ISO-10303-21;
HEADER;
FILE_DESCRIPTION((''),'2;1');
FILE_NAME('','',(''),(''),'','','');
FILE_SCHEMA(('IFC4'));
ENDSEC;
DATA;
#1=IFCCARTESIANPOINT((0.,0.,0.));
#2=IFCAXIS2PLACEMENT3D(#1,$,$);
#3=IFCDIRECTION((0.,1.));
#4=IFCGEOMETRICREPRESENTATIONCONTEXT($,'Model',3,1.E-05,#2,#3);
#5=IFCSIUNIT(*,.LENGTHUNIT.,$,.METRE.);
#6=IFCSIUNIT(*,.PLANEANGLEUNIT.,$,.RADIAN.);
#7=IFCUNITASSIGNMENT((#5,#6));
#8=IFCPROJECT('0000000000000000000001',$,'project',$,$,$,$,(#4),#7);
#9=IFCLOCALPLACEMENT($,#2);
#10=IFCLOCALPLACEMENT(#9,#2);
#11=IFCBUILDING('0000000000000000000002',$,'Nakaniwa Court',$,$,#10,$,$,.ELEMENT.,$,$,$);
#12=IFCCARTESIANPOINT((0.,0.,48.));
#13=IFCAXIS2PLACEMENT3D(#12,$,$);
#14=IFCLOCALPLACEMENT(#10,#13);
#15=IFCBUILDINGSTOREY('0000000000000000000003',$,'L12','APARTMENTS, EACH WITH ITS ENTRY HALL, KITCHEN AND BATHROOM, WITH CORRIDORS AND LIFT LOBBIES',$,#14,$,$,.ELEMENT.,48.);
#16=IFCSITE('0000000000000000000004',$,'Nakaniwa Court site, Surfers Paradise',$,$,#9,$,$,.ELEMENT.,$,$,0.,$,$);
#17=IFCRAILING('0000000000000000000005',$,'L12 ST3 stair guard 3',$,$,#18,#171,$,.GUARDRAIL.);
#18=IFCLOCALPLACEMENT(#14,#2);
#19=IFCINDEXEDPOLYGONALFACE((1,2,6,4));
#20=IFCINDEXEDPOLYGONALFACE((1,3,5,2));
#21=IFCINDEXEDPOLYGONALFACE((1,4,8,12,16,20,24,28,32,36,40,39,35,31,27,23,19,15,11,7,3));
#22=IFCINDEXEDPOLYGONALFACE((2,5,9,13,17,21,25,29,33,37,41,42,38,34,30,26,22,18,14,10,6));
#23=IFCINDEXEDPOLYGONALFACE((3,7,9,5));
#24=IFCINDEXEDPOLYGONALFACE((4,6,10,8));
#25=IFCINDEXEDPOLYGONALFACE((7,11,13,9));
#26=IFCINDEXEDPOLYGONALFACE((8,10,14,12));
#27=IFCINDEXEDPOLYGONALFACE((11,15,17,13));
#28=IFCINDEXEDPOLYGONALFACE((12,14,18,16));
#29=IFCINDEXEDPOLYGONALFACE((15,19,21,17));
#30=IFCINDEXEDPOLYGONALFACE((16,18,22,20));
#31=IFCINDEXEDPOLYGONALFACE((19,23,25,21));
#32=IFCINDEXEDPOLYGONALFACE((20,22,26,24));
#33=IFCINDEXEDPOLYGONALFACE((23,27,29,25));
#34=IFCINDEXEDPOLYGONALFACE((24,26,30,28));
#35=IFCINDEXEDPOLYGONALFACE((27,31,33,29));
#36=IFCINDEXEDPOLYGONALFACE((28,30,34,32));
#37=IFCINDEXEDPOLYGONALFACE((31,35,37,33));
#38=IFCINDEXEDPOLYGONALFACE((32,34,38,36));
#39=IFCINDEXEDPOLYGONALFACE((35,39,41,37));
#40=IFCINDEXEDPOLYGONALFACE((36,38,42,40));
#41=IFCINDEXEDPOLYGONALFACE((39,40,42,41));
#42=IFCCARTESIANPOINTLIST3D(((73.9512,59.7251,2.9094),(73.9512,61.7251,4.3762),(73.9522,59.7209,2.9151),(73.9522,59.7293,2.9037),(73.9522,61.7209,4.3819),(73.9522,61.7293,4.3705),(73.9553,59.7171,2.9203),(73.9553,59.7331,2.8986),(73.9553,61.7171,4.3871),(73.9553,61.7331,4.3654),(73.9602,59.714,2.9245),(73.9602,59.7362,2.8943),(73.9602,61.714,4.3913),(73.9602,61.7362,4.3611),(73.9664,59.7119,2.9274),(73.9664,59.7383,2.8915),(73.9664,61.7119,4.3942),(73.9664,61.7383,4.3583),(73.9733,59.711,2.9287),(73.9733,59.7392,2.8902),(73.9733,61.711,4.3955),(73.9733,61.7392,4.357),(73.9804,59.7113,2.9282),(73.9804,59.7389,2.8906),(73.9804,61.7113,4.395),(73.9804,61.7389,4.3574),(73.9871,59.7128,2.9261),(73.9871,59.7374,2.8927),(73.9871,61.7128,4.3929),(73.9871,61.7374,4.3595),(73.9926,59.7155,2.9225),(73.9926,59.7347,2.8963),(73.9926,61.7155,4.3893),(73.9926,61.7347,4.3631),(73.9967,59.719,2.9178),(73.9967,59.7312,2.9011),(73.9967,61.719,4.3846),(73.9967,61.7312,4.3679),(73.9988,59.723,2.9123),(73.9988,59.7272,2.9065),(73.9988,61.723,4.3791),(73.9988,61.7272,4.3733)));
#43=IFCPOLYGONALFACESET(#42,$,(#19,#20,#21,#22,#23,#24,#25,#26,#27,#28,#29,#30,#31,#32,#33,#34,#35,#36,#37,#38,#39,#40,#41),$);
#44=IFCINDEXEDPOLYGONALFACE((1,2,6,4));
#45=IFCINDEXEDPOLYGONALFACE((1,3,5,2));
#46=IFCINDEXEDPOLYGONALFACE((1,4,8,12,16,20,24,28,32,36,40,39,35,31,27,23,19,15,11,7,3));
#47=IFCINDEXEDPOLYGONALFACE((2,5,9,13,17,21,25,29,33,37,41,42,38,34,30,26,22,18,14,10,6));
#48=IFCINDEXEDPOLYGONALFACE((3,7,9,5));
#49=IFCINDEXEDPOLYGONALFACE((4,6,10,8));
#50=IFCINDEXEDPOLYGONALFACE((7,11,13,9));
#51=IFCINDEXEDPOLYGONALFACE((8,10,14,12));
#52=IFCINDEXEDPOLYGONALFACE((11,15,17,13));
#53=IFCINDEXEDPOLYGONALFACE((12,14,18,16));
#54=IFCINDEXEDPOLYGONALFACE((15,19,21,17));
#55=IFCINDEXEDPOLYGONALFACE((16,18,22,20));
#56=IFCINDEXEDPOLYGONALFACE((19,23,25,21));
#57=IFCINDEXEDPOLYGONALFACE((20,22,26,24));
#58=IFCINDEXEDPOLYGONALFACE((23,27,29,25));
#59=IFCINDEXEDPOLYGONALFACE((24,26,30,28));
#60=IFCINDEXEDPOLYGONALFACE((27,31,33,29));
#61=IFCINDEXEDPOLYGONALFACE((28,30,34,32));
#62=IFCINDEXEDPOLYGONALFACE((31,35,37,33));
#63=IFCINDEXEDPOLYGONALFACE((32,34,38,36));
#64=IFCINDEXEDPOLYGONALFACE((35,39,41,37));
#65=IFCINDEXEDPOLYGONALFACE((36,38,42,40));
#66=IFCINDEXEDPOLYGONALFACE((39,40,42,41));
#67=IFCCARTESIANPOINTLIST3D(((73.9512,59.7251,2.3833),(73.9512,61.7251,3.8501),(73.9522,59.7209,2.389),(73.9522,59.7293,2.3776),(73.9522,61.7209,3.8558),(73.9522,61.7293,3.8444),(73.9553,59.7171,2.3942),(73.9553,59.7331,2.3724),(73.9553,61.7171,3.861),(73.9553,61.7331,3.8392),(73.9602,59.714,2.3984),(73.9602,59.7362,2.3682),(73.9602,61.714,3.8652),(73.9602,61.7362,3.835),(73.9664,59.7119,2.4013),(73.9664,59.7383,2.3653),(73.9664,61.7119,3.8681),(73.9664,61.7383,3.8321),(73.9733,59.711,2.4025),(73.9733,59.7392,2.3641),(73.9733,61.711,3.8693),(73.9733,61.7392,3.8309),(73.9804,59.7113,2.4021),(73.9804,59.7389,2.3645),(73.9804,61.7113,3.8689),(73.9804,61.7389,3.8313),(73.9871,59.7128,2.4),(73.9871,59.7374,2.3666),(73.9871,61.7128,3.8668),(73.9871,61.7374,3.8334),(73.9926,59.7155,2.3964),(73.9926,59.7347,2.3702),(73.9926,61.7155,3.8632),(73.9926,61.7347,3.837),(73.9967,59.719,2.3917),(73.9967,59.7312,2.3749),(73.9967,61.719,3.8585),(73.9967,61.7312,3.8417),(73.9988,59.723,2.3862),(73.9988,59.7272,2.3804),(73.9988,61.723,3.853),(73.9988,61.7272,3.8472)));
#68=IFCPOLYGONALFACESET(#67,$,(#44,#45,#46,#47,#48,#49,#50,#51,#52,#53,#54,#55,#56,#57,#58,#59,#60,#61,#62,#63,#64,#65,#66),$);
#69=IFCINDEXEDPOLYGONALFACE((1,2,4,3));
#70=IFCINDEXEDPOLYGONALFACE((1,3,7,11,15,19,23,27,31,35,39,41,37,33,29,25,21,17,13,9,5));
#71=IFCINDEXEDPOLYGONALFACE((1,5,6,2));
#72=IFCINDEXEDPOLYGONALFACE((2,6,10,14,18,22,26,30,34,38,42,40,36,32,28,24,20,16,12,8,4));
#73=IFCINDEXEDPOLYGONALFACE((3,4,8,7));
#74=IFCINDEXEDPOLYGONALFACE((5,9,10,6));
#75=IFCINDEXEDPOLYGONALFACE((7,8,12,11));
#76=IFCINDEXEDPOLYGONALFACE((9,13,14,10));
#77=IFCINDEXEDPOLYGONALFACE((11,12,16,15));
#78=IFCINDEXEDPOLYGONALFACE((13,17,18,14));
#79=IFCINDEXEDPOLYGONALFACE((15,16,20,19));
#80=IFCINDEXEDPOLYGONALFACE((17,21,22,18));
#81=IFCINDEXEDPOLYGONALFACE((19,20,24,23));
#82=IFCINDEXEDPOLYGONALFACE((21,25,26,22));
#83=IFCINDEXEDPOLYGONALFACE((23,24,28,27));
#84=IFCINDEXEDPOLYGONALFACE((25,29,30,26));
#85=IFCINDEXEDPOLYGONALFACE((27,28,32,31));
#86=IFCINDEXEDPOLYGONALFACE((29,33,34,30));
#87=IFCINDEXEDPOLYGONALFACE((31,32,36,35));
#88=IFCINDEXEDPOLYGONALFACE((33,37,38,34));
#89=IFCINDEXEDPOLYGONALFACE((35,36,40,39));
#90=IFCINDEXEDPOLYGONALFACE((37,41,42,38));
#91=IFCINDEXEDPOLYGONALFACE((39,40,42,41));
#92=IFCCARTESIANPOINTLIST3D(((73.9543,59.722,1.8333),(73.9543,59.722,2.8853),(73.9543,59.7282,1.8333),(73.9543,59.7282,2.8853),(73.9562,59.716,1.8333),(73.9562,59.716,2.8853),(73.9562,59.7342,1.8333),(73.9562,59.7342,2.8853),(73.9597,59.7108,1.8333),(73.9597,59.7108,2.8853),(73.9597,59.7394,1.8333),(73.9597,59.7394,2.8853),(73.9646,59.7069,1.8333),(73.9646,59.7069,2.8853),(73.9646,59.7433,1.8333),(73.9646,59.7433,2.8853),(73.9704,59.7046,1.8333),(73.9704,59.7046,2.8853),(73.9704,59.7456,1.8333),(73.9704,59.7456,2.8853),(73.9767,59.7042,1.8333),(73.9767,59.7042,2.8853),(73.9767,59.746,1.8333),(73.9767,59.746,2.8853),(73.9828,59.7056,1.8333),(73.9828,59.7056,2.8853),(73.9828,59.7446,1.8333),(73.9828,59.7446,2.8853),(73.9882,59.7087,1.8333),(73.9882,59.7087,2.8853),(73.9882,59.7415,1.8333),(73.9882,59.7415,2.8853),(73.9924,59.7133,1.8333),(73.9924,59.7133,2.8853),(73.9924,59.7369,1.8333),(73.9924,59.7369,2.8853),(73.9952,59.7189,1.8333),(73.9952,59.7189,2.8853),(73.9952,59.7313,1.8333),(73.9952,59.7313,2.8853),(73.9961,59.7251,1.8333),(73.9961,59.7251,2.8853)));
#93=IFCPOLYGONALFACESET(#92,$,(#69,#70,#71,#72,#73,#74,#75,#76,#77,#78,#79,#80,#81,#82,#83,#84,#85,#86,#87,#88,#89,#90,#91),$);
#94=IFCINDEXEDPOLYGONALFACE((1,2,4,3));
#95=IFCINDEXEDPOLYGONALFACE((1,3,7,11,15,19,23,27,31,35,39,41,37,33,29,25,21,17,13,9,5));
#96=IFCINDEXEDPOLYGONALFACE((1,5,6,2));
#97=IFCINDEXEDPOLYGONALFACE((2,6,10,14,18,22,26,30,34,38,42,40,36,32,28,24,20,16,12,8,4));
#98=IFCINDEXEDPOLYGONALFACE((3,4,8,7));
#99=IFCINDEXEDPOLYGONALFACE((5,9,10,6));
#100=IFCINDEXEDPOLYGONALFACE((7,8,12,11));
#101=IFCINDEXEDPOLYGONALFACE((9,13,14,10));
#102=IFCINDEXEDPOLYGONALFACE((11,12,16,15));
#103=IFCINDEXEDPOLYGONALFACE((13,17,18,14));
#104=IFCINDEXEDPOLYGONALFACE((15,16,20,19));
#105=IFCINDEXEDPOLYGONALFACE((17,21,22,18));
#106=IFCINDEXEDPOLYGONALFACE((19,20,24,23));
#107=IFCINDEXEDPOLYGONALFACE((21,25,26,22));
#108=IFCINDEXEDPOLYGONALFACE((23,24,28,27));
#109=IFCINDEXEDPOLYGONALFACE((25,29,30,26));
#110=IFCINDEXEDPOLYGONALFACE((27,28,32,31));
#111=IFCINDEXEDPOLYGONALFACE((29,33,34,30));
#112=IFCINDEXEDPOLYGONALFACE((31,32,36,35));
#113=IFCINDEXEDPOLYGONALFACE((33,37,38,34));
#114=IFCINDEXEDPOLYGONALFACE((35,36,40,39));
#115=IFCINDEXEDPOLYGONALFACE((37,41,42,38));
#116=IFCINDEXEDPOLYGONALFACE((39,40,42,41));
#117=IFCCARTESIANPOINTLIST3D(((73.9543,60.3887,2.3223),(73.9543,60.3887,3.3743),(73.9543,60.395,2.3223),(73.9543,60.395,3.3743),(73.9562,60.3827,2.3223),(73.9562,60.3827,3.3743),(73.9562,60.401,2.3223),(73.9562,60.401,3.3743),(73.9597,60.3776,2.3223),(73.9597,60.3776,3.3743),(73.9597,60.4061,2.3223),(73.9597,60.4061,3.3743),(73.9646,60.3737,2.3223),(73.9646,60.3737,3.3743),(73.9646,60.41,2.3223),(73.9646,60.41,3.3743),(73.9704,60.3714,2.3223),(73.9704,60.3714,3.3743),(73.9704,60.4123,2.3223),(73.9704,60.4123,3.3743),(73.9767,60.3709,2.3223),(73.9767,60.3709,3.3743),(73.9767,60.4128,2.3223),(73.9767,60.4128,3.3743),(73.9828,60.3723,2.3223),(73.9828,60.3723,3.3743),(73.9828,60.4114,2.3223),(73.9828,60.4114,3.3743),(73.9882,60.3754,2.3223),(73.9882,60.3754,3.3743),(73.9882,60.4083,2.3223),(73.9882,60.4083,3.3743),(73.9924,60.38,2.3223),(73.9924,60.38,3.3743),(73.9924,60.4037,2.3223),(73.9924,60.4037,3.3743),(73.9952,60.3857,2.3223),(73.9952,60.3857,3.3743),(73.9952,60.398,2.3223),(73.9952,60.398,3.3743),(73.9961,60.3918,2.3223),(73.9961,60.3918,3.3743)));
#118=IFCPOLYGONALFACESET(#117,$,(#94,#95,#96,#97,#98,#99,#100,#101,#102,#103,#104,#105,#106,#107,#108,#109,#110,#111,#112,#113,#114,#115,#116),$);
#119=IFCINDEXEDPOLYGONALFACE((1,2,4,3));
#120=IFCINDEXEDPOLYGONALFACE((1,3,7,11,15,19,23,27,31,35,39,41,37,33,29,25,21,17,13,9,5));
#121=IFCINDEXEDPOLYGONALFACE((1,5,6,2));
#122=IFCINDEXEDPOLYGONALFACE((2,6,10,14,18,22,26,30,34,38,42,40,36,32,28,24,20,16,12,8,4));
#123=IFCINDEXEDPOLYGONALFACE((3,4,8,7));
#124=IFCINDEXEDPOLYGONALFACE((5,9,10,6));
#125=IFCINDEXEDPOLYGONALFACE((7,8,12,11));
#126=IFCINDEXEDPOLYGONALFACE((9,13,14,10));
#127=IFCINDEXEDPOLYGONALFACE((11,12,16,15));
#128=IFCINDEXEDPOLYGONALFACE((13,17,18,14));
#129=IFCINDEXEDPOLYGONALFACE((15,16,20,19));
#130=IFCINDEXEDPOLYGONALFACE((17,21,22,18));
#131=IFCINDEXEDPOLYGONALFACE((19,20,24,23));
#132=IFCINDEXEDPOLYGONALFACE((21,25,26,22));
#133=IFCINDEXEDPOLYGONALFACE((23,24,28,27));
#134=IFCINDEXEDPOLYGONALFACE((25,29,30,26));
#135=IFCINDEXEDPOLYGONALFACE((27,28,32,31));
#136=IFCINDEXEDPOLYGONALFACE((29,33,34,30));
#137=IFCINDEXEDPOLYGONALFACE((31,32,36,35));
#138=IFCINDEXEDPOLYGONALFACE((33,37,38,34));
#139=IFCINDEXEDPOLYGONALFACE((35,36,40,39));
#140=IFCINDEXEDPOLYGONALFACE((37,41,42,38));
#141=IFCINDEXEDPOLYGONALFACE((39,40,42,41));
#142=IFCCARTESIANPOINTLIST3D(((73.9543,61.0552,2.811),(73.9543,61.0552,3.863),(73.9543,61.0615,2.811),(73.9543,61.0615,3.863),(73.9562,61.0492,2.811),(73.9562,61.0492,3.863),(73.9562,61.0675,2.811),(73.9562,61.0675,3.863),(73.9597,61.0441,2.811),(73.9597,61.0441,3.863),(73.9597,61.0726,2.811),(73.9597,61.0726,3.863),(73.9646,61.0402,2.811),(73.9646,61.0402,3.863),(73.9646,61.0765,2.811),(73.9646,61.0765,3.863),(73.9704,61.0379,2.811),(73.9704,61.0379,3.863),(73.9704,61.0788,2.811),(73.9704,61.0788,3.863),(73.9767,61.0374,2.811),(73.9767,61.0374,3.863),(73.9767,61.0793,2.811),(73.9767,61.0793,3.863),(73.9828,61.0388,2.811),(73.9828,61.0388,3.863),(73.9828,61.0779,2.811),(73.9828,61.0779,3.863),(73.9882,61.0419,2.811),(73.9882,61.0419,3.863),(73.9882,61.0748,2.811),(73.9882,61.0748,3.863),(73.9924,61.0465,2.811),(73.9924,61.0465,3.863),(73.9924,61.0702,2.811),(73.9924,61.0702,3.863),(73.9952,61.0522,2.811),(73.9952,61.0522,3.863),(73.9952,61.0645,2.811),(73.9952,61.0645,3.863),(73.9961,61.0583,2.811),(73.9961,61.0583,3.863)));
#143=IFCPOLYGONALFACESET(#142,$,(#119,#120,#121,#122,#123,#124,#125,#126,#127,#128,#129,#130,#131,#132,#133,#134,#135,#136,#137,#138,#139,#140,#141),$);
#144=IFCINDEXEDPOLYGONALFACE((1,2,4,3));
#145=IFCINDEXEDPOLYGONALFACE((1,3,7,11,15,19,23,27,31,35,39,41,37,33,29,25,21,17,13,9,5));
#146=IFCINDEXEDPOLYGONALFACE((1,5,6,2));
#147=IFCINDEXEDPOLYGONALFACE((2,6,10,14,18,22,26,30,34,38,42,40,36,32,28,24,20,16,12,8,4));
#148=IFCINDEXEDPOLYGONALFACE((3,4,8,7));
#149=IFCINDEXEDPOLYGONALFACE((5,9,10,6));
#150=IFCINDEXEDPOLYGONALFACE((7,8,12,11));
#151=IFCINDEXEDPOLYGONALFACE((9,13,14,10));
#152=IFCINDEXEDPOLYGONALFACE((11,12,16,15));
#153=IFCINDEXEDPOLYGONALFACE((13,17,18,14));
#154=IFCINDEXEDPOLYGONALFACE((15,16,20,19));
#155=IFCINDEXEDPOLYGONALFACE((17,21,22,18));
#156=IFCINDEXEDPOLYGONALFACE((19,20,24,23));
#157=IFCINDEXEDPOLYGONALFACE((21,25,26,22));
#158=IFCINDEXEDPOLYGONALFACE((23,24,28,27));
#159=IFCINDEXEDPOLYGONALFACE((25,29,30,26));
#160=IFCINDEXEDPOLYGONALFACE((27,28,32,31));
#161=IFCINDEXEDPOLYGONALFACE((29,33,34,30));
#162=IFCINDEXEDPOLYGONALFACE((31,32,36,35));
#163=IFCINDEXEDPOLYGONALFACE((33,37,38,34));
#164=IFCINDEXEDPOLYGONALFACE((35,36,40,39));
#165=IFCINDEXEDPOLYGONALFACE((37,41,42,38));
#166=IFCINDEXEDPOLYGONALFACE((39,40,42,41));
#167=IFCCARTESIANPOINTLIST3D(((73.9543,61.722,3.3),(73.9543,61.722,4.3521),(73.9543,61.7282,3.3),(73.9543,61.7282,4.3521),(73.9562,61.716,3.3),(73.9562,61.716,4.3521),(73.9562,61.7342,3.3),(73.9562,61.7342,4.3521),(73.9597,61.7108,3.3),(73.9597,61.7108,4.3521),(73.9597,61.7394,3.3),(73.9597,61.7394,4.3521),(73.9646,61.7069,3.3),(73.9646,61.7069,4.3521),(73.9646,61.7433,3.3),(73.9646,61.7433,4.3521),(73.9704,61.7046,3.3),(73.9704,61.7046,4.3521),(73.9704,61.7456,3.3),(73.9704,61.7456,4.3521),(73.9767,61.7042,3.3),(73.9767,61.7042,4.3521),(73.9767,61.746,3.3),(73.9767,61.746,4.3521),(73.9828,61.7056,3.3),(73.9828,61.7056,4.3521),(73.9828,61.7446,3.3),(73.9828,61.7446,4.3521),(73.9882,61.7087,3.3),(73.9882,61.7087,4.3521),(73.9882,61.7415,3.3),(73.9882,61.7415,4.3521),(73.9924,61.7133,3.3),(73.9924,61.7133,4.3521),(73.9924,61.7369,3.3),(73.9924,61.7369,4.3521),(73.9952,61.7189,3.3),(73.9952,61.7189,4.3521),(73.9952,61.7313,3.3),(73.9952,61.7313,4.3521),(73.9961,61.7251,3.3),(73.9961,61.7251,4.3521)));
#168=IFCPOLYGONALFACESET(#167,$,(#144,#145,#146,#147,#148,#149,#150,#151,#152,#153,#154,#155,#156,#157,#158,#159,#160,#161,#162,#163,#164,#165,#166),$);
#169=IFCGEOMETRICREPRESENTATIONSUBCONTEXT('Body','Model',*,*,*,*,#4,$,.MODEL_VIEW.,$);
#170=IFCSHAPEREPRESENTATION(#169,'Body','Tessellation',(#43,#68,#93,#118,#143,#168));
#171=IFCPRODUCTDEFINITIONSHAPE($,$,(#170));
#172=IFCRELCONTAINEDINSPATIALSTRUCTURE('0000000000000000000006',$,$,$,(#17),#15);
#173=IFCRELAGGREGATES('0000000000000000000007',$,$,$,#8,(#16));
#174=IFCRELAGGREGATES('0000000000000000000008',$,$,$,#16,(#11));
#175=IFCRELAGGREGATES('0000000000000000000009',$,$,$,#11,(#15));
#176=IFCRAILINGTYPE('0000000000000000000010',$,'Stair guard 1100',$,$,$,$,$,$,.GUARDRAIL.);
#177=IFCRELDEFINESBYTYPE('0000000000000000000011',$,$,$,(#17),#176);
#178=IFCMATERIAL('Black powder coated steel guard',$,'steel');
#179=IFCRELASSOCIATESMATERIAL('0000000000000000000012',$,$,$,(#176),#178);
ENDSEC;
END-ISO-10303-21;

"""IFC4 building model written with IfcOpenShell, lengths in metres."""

from ifc_helpers import new_model, si_unit, direction, frame, origin, origin_2d, place, context, subcontext, project, spatial, circle, extrude, material, type_object, element, save


model = new_model("IFC4")

# Units and contexts
model_context = context("Model", 3, precision=1e-05, world=origin(), true_north=direction((0.0, 1.0)))
body_context = subcontext(model_context, "Body", "Model", "MODEL_VIEW")
ifc_project = project(units=[si_unit("LENGTHUNIT", "METRE"), si_unit("PLANEANGLEUNIT", "RADIAN")], contexts=[model_context])

# Site, building, storey
site_placement = place(None, origin())
site = spatial("IfcSite", under=ifc_project, at=site_placement, Name="Nakaniwa Court site, Surfers Paradise", CompositionType="ELEMENT", RefElevation=0.0)
building_placement = place(site_placement, origin())
building = spatial("IfcBuilding", under=site, at=building_placement, Name="Nakaniwa Court", CompositionType="ELEMENT")
storey_placement = place(building_placement, frame((0.0, 0.0, 48.0)))
storey = spatial("IfcBuildingStorey", under=building, at=storey_placement, Name="L12", Description="APARTMENTS, EACH WITH ITS ENTRY HALL, KITCHEN AND BATHROOM, WITH CORRIDORS AND LIFT LOBBIES", CompositionType="ELEMENT", Elevation=48.0)

# Railing
ifc_material_1 = material(Name="Black powder coated steel guard", Category="steel")
railing_type_1 = type_object("IfcRailingType", Name="Stair guard 1100", PredefinedType="GUARDRAIL", material=ifc_material_1)
railing_1_placement = place(storey_placement, frame((73.9751, 59.7251, 1.8333)))
element("IfcRailing", 1, at=railing_1_placement, inside=storey, type_object=railing_type_1, Name="L12 ST3 stair guard 3", PredefinedType="GUARDRAIL", context=body_context, shape_type="SweptSolid", body=[
    extrude(circle(Radius=0.0239, at=origin_2d()), frame((0.0, 0.0, 1.0762), z_axis=(0.0, 0.80638, 0.591398), x_axis=(-1.0, 0.0, 0.0)), (0.0, 0.0, 1.0), 2.4802),
    extrude(circle(Radius=0.0239, at=origin_2d()), frame((0.0, 0.0, 0.55), z_axis=(0.0, 0.80638, 0.591398), x_axis=(-1.0, 0.0, 0.0)), (0.0, 0.0, 1.0), 2.4802),
    extrude(circle(Radius=0.021, at=origin_2d()), origin(), (0.0, 0.0, 1.0), 1.052),
    extrude(circle(Radius=0.021, at=origin_2d()), frame((0.0, 0.6667, 0.489)), (0.0, 0.0, 1.0), 1.052),
    extrude(circle(Radius=0.021, at=origin_2d()), frame((0.0, 1.3333, 0.9778)), (0.0, 0.0, 1.0), 1.052),
    extrude(circle(Radius=0.021, at=origin_2d()), frame((0.0, 2.0, 1.4668)), (0.0, 0.0, 1.0), 1.052),
])

save(model, "model.ifc")
